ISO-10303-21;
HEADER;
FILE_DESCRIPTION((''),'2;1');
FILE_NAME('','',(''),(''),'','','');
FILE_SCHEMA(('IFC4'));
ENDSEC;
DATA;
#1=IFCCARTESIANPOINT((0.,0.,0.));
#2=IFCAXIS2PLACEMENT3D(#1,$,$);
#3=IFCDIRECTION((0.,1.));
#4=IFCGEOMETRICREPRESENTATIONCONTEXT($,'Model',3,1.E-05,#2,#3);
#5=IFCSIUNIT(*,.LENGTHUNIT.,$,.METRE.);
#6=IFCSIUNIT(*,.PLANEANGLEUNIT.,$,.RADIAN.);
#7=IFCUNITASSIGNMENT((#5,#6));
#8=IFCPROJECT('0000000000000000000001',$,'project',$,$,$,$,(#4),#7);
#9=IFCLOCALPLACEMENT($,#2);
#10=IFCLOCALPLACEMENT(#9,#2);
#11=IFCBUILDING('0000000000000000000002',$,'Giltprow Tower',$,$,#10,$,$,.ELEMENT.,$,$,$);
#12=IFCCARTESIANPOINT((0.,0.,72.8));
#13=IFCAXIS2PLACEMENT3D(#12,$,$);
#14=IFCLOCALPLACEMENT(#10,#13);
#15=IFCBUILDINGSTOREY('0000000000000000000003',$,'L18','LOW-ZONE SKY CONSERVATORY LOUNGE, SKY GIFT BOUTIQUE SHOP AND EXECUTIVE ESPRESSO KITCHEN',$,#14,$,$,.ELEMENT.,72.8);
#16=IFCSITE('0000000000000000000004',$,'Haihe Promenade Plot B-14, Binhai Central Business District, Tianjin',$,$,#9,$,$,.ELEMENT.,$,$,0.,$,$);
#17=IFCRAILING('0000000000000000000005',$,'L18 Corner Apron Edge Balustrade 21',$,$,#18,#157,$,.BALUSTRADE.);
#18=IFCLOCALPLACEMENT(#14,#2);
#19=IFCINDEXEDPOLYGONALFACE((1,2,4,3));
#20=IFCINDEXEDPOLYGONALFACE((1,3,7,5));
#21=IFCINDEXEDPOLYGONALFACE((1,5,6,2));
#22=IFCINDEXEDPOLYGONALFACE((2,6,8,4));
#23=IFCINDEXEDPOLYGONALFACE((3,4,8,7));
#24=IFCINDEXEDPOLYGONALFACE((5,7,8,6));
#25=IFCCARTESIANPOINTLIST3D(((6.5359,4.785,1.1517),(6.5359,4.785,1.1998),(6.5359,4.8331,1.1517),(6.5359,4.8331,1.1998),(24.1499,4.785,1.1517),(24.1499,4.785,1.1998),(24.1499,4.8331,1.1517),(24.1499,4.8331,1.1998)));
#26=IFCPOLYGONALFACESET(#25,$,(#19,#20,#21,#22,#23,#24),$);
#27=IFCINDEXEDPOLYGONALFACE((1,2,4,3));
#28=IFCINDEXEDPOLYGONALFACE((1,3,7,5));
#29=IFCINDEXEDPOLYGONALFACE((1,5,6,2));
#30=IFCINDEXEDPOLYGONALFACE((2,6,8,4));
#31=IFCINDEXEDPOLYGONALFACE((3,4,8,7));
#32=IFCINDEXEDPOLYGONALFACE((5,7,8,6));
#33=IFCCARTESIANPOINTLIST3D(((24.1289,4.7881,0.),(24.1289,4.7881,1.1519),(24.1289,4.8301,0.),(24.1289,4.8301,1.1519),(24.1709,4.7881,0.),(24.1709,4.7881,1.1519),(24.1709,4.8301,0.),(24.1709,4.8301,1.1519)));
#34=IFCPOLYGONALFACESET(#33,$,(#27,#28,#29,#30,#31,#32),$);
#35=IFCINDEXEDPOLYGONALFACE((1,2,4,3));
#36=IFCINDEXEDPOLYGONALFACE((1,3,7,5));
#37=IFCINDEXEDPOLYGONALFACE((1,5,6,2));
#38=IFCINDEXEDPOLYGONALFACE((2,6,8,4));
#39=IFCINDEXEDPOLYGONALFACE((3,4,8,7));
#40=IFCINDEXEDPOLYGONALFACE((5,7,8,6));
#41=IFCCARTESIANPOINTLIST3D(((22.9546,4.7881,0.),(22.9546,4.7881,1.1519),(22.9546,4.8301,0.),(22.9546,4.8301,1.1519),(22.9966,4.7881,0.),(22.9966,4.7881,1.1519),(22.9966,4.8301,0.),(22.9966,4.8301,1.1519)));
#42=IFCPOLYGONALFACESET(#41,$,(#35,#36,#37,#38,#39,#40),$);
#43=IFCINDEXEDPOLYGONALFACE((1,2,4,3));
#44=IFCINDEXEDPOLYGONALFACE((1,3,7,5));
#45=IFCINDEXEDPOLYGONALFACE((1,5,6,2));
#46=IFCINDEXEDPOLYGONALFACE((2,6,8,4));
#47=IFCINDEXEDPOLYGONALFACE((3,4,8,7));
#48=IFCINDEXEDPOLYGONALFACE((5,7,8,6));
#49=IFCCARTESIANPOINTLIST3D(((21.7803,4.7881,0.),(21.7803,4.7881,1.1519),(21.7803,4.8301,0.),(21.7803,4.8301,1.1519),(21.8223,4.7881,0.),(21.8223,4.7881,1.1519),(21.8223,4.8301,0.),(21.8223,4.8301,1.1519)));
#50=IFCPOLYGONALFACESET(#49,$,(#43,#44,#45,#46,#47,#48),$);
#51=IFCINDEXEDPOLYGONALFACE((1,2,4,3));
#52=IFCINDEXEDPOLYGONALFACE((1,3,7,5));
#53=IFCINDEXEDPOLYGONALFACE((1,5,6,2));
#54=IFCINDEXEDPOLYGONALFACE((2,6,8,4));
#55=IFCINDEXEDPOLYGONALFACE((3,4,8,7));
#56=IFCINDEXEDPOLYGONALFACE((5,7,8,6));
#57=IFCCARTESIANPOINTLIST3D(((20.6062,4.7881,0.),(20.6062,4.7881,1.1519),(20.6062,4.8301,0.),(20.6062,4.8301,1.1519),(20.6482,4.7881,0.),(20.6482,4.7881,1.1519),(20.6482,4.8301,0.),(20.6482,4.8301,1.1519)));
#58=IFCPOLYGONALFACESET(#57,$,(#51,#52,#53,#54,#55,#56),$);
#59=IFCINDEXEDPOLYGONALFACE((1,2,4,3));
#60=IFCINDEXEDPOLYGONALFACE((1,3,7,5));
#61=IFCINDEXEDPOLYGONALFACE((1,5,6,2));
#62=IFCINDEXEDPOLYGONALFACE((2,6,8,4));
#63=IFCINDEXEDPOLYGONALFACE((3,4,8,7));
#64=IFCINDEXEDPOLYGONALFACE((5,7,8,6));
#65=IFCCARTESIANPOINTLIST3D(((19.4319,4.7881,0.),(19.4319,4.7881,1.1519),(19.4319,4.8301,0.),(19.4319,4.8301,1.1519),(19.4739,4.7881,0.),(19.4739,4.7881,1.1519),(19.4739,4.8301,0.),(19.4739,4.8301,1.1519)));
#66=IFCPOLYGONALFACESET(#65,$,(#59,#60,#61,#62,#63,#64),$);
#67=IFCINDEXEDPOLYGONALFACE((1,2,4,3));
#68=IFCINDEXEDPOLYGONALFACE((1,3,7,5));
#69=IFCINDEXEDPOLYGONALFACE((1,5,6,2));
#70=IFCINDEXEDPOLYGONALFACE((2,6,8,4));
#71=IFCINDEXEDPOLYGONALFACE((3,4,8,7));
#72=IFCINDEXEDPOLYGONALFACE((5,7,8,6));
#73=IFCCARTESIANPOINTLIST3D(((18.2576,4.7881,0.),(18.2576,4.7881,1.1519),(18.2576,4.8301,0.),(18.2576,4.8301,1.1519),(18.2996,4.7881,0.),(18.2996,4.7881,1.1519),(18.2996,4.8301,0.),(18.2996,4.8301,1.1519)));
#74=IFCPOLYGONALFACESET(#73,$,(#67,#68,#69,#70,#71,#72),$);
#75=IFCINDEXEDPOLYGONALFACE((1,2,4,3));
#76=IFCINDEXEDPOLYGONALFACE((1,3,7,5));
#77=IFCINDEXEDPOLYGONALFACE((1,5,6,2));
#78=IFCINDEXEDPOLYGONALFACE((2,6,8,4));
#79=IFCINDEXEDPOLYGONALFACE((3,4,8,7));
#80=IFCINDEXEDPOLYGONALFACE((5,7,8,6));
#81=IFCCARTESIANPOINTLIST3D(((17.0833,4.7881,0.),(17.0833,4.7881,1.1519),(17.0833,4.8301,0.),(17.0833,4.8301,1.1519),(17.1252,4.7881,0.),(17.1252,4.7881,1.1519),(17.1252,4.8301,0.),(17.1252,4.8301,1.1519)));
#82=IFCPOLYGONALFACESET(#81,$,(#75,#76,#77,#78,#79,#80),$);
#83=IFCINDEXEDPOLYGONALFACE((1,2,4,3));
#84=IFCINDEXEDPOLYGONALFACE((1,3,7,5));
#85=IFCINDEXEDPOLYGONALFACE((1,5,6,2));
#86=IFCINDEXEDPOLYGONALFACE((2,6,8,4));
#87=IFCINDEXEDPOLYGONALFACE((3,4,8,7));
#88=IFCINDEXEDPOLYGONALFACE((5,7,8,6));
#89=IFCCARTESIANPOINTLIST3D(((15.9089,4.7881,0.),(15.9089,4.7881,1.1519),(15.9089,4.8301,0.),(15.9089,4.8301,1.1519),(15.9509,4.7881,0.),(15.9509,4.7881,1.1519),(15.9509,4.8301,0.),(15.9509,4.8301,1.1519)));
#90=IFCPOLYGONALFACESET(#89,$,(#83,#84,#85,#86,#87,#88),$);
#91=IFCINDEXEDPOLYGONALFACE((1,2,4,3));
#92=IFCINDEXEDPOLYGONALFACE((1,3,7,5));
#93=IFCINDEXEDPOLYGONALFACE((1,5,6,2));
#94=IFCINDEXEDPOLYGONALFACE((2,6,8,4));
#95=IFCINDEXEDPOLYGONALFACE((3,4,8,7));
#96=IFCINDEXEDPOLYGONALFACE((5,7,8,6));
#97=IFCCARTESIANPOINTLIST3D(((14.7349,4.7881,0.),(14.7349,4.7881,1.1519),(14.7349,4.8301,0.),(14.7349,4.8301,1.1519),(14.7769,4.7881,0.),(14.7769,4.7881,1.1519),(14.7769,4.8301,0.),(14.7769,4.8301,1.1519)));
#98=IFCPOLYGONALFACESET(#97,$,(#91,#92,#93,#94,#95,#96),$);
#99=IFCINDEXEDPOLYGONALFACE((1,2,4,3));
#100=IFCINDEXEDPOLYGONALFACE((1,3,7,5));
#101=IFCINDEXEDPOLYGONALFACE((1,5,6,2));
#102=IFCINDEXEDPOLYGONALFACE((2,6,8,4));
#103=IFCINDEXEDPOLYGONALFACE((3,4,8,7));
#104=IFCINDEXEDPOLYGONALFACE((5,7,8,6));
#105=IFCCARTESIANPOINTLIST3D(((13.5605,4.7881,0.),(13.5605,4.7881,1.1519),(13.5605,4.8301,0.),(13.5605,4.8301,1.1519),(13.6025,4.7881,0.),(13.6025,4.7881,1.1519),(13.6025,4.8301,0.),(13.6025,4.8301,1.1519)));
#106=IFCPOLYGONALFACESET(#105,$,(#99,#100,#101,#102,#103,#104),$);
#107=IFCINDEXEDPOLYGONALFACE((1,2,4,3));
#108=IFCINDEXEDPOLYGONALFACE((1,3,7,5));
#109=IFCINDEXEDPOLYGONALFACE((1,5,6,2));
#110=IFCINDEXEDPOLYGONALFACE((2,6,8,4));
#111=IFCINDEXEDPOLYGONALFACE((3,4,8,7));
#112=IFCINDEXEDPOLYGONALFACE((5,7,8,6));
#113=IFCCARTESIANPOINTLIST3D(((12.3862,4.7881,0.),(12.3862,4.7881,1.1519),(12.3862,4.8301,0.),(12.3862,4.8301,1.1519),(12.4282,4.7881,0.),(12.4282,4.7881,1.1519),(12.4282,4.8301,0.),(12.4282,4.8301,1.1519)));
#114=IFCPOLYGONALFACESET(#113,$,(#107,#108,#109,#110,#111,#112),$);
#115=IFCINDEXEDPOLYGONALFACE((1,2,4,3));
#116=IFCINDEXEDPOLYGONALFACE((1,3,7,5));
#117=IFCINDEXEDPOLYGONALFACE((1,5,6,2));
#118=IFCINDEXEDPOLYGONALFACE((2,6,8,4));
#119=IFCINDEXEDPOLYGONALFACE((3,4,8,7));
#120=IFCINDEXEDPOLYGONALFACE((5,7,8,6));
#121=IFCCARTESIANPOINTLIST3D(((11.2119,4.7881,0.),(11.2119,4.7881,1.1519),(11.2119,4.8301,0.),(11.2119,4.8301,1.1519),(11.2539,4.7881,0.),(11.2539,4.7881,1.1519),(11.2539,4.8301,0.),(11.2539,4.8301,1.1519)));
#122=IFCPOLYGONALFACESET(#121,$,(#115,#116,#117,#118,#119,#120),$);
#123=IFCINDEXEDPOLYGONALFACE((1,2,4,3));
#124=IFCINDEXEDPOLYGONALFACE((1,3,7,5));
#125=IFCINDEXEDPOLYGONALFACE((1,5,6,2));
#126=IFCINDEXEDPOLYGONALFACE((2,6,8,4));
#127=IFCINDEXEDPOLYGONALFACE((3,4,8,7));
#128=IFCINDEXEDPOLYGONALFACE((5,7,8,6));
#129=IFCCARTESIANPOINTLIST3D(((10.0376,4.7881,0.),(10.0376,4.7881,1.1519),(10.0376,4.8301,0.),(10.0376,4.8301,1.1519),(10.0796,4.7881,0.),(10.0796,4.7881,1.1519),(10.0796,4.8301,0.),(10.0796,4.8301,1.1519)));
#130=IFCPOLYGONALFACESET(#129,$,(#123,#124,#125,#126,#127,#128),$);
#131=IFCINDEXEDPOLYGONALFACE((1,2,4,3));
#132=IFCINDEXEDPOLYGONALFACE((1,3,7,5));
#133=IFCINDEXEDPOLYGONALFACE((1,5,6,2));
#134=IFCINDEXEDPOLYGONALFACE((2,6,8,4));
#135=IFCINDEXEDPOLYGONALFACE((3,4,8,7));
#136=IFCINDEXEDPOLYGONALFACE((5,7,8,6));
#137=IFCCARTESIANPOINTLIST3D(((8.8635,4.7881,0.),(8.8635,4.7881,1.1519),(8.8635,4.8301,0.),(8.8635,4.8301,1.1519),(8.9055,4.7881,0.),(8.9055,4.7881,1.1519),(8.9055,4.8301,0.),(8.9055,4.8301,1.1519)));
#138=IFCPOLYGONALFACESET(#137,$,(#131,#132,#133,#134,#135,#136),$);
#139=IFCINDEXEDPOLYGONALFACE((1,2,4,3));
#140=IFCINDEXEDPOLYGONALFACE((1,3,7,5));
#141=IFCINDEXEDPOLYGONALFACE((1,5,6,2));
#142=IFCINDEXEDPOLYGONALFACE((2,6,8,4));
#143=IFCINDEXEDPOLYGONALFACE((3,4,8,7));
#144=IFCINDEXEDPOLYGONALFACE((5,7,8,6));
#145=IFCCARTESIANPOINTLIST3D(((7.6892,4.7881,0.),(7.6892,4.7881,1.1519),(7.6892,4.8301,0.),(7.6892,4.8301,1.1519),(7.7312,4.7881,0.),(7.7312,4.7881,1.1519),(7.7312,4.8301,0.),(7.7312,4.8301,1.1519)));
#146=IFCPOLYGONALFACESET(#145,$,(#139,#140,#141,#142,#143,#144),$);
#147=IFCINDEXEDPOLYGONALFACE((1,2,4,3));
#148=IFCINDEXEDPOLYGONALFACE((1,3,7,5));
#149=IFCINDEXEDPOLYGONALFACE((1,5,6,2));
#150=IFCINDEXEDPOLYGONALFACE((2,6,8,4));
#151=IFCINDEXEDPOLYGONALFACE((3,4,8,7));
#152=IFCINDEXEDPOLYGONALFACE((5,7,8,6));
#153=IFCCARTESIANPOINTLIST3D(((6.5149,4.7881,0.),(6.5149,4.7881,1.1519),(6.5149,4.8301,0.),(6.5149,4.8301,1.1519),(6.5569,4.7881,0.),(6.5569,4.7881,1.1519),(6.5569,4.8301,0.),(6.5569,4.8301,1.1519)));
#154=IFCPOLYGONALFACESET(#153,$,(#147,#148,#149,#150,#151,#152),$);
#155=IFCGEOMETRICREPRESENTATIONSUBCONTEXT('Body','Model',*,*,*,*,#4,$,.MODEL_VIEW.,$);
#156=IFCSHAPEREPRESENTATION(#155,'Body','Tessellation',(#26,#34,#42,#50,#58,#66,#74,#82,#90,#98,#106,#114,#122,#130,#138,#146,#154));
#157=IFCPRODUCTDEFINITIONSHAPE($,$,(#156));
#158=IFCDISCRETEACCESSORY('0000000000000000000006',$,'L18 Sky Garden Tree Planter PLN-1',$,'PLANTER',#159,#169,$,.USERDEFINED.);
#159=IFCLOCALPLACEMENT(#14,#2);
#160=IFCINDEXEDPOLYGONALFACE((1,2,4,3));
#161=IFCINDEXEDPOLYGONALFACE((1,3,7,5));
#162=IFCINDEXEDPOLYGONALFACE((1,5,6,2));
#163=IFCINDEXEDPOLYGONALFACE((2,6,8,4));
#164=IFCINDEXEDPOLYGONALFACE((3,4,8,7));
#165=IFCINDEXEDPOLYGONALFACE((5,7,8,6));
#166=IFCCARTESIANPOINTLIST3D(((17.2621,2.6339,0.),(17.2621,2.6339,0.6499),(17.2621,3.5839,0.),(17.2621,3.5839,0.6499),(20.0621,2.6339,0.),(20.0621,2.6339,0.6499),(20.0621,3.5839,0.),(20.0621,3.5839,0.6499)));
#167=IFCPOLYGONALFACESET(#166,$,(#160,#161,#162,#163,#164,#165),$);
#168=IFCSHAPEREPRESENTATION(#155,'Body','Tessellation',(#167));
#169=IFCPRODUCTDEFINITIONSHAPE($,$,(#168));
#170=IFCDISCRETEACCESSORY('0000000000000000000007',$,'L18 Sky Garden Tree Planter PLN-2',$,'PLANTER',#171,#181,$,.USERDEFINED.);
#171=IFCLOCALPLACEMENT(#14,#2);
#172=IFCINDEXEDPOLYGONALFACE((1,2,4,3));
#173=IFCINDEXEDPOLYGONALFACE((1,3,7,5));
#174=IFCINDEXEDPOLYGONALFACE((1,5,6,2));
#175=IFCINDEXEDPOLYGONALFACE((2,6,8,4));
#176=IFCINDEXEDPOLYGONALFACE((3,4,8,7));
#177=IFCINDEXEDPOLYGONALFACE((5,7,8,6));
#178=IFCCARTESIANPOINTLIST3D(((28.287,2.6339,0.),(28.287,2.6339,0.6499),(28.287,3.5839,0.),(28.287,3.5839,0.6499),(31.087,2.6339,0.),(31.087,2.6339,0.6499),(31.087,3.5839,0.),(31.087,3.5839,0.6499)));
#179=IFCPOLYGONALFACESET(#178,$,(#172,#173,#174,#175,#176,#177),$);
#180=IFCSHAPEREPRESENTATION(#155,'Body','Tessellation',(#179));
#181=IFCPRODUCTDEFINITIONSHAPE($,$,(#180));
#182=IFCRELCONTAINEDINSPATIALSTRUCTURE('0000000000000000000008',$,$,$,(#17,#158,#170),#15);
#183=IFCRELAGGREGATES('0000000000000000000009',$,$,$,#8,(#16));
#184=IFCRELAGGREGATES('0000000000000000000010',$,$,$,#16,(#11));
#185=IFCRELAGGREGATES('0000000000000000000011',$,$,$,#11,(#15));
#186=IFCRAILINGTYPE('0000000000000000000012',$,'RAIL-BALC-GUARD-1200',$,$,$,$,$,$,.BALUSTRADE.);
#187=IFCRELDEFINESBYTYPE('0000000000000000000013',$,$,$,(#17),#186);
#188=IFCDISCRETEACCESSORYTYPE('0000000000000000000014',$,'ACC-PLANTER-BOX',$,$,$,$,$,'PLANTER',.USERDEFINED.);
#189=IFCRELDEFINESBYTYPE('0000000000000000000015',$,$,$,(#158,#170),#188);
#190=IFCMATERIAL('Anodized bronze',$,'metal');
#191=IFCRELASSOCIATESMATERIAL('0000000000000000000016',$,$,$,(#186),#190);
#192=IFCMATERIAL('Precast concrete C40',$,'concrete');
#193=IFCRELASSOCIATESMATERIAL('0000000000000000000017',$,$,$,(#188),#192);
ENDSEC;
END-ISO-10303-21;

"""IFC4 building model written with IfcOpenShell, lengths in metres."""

from ifc_helpers import new_model, si_unit, direction, frame, origin, origin_2d, place, context, subcontext, project, spatial, rectangle, extrude, source, transform, mapped, material, type_object, element, save


model = new_model("IFC4")

# Units and contexts
model_context = context("Model", 3, precision=1e-05, world=origin(), true_north=direction((0.0, 1.0)))
body_context = subcontext(model_context, "Body", "Model", "MODEL_VIEW")
ifc_project = project(units=[si_unit("LENGTHUNIT", "METRE"), si_unit("PLANEANGLEUNIT", "RADIAN")], contexts=[model_context])

# Site, building, storey
site_placement = place(None, origin())
site = spatial("IfcSite", under=ifc_project, at=site_placement, Name="Haihe Promenade Plot B-14, Binhai Central Business District, Tianjin", CompositionType="ELEMENT", RefElevation=0.0)
building_placement = place(site_placement, origin())
building = spatial("IfcBuilding", under=site, at=building_placement, Name="Giltprow Tower", CompositionType="ELEMENT")
storey_placement = place(building_placement, frame((0.0, 0.0, 72.8)))
storey = spatial("IfcBuildingStorey", under=building, at=storey_placement, Name="L18", Description="LOW-ZONE SKY CONSERVATORY LOUNGE, SKY GIFT BOUTIQUE SHOP AND EXECUTIVE ESPRESSO KITCHEN", CompositionType="ELEMENT", Elevation=72.8)

# Shared definitions
ifc_material_1 = material(Name="Anodized bronze", Category="metal")

# Shared definitions
ifc_material_2 = material(Name="Precast concrete C40", Category="concrete")

# Railing
railing_type = type_object("IfcRailingType", Name="RAIL-BALC-GUARD-1200", PredefinedType="BALUSTRADE", material=ifc_material_1)
railing_placement = place(storey_placement, frame((24.1499, 4.8091, 0.0)))
element("IfcRailing", 1, at=railing_placement, inside=storey, type_object=railing_type, Name="L18 Corner Apron Edge Balustrade 21", PredefinedType="BALUSTRADE", context=body_context, shape_type="SweptSolid", body=[
    extrude(rectangle(XDim=0.0481, YDim=0.0481, at=origin_2d()), frame((0.0, 0.0, 1.1758), z_axis=(-1.0, 0.0, 0.0), x_axis=(0.0, -1.0, 0.0)), (0.0, 0.0, 1.0), 17.614),
    extrude(rectangle(XDim=0.042, YDim=0.042, at=origin_2d()), origin(), (0.0, 0.0, 1.0), 1.1519),
    extrude(rectangle(XDim=0.042, YDim=0.042, at=origin_2d()), frame((-1.1743, 0.0, 0.0)), (0.0, 0.0, 1.0), 1.1519),
    extrude(rectangle(XDim=0.042, YDim=0.042, at=origin_2d()), frame((-2.3486, 0.0, 0.0)), (0.0, 0.0, 1.0), 1.1519),
    extrude(rectangle(XDim=0.042, YDim=0.042, at=origin_2d()), frame((-3.5227, 0.0, 0.0)), (0.0, 0.0, 1.0), 1.1519),
    extrude(rectangle(XDim=0.042, YDim=0.042, at=origin_2d()), frame((-4.697, 0.0, 0.0)), (0.0, 0.0, 1.0), 1.1519),
    extrude(rectangle(XDim=0.042, YDim=0.042, at=origin_2d()), frame((-5.8713, 0.0, 0.0)), (0.0, 0.0, 1.0), 1.1519),
    extrude(rectangle(XDim=0.042, YDim=0.042, at=origin_2d()), frame((-7.0457, 0.0, 0.0)), (0.0, 0.0, 1.0), 1.1519),
    extrude(rectangle(XDim=0.042, YDim=0.042, at=origin_2d()), frame((-8.22, 0.0, 0.0)), (0.0, 0.0, 1.0), 1.1519),
    extrude(rectangle(XDim=0.042, YDim=0.042, at=origin_2d()), frame((-9.394, 0.0, 0.0)), (0.0, 0.0, 1.0), 1.1519),
    extrude(rectangle(XDim=0.042, YDim=0.042, at=origin_2d()), frame((-10.5684, 0.0, 0.0)), (0.0, 0.0, 1.0), 1.1519),
    extrude(rectangle(XDim=0.042, YDim=0.042, at=origin_2d()), frame((-11.7427, 0.0, 0.0)), (0.0, 0.0, 1.0), 1.1519),
    extrude(rectangle(XDim=0.042, YDim=0.042, at=origin_2d()), frame((-12.917, 0.0, 0.0)), (0.0, 0.0, 1.0), 1.1519),
    extrude(rectangle(XDim=0.042, YDim=0.042, at=origin_2d()), frame((-14.0913, 0.0, 0.0)), (0.0, 0.0, 1.0), 1.1519),
    extrude(rectangle(XDim=0.042, YDim=0.042, at=origin_2d()), frame((-15.2654, 0.0, 0.0)), (0.0, 0.0, 1.0), 1.1519),
    extrude(rectangle(XDim=0.042, YDim=0.042, at=origin_2d()), frame((-16.4397, 0.0, 0.0)), (0.0, 0.0, 1.0), 1.1519),
    extrude(rectangle(XDim=0.042, YDim=0.042, at=origin_2d()), frame((-17.614, 0.0, 0.0)), (0.0, 0.0, 1.0), 1.1519),
])

# Discrete accessories
discrete_accessory_type = type_object("IfcDiscreteAccessoryType", Name="ACC-PLANTER-BOX", ElementType="PLANTER", PredefinedType="USERDEFINED", material=ifc_material_2)
shared_shape_1 = source(origin(), body_context, "Body", "SweptSolid", [
    extrude(rectangle(XDim=2.8, YDim=0.95, at=origin_2d()), origin(), (0.0, 0.0, 1.0), 0.6499),
])
for number, where, z_axis, x_axis, name in (
    (2, (18.6621, 3.1089, 0.0), (0.0, 0.0, 1.0), (1.0, 0.0, 0.0), "L18 Sky Garden Tree Planter PLN-1"),
    (3, (29.687, 3.1089, 0.0), (0.0, 0.0, 1.0), (1.0, 0.0, 0.0), "L18 Sky Garden Tree Planter PLN-2"),
):
    element("IfcDiscreteAccessory", number, at=place(storey_placement, frame(where, z_axis=z_axis, x_axis=x_axis)), inside=storey, type_object=discrete_accessory_type, Name=name, ObjectType="PLANTER", PredefinedType="USERDEFINED", context=body_context, shape_type="MappedRepresentation", body=[
        mapped(shared_shape_1, transform((0.0, 0.0, 0.0), x_axis=(1.0, 0.0, 0.0), y_axis=(0.0, 1.0, 0.0), z_axis=(0.0, 0.0, 1.0), scale=1.0)),
    ])

save(model, "model.ifc")
